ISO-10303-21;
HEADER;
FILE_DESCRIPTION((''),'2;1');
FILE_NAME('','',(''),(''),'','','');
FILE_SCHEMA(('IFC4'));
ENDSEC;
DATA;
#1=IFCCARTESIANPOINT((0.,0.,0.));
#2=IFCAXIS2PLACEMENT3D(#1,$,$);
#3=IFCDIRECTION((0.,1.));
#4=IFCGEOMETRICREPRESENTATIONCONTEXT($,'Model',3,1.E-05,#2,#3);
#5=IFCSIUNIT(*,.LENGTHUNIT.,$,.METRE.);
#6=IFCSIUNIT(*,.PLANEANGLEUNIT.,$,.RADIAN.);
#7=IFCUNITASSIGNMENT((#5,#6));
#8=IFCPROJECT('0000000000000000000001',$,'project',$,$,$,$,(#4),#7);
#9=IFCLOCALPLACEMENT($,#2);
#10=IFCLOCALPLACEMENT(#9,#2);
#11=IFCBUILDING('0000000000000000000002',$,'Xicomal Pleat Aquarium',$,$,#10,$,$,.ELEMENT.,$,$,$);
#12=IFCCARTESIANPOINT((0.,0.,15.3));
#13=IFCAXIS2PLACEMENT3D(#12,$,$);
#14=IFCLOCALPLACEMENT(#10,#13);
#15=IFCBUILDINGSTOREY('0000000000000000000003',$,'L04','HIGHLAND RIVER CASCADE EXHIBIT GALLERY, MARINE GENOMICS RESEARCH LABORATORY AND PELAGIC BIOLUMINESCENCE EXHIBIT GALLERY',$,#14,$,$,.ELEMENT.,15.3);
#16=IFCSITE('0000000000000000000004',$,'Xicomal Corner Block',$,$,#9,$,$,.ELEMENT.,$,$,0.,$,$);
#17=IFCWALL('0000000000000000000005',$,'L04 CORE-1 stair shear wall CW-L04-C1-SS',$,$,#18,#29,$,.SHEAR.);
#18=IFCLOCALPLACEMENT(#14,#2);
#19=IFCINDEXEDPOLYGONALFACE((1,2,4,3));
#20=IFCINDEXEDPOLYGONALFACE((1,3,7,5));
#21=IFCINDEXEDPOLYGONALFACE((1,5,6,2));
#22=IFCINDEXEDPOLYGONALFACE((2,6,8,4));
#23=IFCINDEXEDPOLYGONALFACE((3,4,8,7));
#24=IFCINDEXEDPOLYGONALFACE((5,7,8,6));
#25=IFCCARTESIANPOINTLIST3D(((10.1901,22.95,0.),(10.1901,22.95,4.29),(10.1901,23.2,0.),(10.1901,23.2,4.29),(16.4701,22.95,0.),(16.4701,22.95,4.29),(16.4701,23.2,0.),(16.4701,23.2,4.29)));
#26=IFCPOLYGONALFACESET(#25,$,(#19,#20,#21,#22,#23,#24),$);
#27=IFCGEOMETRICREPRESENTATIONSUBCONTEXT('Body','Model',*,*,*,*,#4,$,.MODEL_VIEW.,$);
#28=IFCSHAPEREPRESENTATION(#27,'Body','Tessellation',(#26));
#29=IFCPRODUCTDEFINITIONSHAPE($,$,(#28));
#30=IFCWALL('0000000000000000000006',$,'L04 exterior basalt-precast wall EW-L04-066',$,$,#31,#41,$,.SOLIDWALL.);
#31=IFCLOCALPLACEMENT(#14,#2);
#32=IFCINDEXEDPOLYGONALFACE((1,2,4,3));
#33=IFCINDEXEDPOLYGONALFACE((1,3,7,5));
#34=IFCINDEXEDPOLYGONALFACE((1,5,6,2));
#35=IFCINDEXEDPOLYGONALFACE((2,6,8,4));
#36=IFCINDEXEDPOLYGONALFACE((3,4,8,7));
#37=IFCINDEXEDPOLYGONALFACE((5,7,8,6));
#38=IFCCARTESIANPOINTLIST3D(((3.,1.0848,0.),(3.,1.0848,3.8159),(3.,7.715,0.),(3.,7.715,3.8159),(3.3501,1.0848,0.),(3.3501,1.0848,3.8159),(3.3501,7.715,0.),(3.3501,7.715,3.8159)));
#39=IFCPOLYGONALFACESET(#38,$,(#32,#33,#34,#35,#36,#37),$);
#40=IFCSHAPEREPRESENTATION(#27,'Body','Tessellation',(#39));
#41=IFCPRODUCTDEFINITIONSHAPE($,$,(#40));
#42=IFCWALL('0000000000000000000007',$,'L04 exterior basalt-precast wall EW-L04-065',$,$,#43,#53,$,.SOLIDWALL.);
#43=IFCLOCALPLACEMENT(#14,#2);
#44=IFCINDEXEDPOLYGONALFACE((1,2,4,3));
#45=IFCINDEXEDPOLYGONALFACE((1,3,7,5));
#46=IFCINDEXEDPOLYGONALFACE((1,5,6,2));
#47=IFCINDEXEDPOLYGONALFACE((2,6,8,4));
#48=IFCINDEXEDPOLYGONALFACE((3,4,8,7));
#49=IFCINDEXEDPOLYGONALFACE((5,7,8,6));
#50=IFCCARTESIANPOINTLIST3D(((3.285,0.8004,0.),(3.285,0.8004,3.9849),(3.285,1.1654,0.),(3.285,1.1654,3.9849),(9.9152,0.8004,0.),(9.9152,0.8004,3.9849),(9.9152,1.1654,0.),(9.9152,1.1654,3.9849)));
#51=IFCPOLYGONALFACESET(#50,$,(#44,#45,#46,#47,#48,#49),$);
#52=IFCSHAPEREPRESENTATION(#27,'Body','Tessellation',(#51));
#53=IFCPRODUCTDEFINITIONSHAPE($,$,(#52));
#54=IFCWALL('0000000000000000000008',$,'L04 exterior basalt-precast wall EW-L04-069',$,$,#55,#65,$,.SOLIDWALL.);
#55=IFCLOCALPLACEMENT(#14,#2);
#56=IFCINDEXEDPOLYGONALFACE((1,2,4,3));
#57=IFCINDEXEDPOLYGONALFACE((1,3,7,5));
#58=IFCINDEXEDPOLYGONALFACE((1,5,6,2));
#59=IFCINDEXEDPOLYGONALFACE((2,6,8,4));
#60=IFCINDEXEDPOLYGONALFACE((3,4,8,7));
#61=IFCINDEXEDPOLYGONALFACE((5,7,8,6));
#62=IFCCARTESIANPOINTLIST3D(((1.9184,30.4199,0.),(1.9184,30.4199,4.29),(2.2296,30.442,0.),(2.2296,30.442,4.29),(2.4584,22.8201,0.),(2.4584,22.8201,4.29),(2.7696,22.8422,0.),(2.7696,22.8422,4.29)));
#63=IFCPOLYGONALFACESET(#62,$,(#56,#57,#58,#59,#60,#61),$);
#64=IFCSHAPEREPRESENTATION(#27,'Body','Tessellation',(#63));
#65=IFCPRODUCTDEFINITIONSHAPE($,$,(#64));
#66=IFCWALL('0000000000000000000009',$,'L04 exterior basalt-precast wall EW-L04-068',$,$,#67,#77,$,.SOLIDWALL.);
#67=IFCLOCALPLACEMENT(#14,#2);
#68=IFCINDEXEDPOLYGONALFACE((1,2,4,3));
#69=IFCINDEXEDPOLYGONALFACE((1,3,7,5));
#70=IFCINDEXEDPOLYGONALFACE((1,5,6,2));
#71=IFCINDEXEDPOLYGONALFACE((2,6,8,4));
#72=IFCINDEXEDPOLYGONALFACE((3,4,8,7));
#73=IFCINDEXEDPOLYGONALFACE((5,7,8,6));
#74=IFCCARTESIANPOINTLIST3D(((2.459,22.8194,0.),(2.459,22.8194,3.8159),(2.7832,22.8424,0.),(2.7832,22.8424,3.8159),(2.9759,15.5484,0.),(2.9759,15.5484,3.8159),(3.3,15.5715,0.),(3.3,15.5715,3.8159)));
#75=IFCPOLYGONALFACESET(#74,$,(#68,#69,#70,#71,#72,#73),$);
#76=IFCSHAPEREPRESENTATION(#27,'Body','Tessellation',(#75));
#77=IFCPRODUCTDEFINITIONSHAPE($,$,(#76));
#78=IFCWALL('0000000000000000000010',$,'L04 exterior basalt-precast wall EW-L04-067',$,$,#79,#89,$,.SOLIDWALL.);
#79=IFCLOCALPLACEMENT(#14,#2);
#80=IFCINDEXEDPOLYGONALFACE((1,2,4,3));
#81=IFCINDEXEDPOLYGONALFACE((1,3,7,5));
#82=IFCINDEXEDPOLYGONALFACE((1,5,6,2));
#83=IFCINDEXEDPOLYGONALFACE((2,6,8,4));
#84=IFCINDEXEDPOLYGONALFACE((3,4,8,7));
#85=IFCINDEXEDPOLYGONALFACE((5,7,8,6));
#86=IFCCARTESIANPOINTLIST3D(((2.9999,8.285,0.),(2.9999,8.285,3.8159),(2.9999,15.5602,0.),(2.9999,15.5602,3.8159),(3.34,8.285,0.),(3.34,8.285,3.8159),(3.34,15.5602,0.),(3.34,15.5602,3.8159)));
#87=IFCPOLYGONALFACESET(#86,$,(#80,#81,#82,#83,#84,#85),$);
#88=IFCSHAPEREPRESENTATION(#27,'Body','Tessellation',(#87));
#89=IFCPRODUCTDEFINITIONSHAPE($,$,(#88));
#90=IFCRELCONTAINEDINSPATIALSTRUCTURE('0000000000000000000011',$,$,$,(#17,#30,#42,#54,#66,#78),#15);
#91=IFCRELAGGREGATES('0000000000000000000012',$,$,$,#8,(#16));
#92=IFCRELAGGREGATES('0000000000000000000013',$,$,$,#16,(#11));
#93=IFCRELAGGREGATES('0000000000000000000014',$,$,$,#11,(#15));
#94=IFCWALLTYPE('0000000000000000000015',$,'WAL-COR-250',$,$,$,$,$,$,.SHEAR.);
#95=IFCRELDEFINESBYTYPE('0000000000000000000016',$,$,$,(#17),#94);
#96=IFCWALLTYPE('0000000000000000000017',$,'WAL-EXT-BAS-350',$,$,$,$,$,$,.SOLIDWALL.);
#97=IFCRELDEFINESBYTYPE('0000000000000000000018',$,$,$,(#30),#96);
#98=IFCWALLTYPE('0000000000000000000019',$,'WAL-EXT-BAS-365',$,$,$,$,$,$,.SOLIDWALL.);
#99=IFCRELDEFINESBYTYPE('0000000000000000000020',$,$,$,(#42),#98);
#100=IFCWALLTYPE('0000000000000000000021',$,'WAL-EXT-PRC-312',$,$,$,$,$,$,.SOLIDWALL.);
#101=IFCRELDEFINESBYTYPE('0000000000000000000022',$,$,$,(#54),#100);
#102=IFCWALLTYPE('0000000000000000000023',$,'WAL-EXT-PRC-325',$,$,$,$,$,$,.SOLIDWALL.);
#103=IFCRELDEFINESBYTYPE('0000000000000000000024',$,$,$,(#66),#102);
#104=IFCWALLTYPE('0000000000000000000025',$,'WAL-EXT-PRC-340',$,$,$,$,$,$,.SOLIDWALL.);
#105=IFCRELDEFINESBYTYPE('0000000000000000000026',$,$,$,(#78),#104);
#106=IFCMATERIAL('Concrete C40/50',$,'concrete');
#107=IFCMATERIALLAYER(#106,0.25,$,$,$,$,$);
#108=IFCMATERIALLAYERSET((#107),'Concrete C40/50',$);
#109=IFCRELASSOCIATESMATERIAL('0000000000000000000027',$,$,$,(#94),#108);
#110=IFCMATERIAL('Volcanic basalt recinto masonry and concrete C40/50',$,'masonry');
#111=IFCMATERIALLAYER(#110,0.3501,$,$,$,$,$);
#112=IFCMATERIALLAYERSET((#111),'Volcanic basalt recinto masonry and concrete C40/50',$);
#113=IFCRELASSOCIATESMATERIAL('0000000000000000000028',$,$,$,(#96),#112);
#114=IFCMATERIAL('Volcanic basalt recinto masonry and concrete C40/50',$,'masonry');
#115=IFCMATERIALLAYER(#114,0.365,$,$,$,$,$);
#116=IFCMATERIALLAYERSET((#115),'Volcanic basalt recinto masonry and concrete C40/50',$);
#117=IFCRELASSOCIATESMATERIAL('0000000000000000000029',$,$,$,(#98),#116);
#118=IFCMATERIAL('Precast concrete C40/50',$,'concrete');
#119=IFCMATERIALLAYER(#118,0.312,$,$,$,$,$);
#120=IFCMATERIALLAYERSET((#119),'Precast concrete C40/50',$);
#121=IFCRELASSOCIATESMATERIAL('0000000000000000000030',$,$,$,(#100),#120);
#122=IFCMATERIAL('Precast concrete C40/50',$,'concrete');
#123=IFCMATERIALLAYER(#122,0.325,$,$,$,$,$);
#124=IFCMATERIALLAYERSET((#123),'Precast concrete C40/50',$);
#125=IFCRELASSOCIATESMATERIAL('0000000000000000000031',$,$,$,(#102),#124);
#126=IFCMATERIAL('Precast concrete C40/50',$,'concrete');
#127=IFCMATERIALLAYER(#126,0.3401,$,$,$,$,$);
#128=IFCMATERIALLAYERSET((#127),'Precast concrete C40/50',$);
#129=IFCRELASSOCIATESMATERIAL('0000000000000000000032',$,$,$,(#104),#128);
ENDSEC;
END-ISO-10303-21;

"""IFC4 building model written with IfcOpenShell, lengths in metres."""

from ifc_helpers import new_model, si_unit, direction, frame, frame_2d, origin, place, context, subcontext, project, spatial, rectangle, extrude, material, layer, layer_set, type_object, element, save


model = new_model("IFC4")

# Units and contexts
model_context = context("Model", 3, precision=1e-05, world=origin(), true_north=direction((0.0, 1.0)))
body_context = subcontext(model_context, "Body", "Model", "MODEL_VIEW")
ifc_project = project(units=[si_unit("LENGTHUNIT", "METRE"), si_unit("PLANEANGLEUNIT", "RADIAN")], contexts=[model_context])

# Site, building, storey
site_placement = place(None, origin())
site = spatial("IfcSite", under=ifc_project, at=site_placement, Name="Xicomal Corner Block", CompositionType="ELEMENT", RefElevation=0.0)
building_placement = place(site_placement, origin())
building = spatial("IfcBuilding", under=site, at=building_placement, Name="Xicomal Pleat Aquarium", CompositionType="ELEMENT")
storey_placement = place(building_placement, frame((0.0, 0.0, 15.3)))
storey = spatial("IfcBuildingStorey", under=building, at=storey_placement, Name="L04", Description="HIGHLAND RIVER CASCADE EXHIBIT GALLERY, MARINE GENOMICS RESEARCH LABORATORY AND PELAGIC BIOLUMINESCENCE EXHIBIT GALLERY", CompositionType="ELEMENT", Elevation=15.3)

# Walls
ifc_material_1 = material(Name="Concrete C40/50", Category="concrete")
ifc_layer_1 = layer(ifc_material_1, 0.25)
ifc_layer_set_1 = layer_set([ifc_layer_1], Name="Concrete C40/50")
wall_type_1 = type_object("IfcWallType", Name="WAL-COR-250", PredefinedType="SHEAR", material=ifc_layer_set_1)
wall_1_placement = place(storey_placement, frame((10.1899, 23.075, 0.0), z_axis=(0.0, 0.0, 1.0), x_axis=(1.0, 0.0, 0.0)))
element("IfcWall", 1, at=wall_1_placement, inside=storey, type_object=wall_type_1, Name="L04 CORE-1 stair shear wall CW-L04-C1-SS", PredefinedType="SHEAR", context=body_context, shape_type="SweptSolid", body=[
    extrude(rectangle(XDim=6.28, YDim=0.25, at=frame_2d((3.1401, 0.0))), origin(), (0.0, 0.0, 1.0), 4.29),
])
ifc_material_2 = material(Name="Volcanic basalt recinto masonry and concrete C40/50", Category="masonry")
ifc_layer_2 = layer(ifc_material_2, 0.3501)
ifc_layer_set_2 = layer_set([ifc_layer_2], Name="Volcanic basalt recinto masonry and concrete C40/50")
wall_type_2 = type_object("IfcWallType", Name="WAL-EXT-BAS-350", PredefinedType="SOLIDWALL", material=ifc_layer_set_2)
wall_2_placement = place(storey_placement, frame((3.175, 1.085, 0.0), z_axis=(0.0, 0.0, 1.0), x_axis=(0.0, 1.0, 0.0)))
element("IfcWall", 2, at=wall_2_placement, inside=storey, type_object=wall_type_2, Name="L04 exterior basalt-precast wall EW-L04-066", PredefinedType="SOLIDWALL", context=body_context, shape_type="SweptSolid", body=[
    extrude(rectangle(XDim=6.6301, YDim=0.3501, at=frame_2d((3.3149, 0.0))), origin(), (0.0, 0.0, 1.0), 3.8159),
])
ifc_material_3 = material(Name="Volcanic basalt recinto masonry and concrete C40/50", Category="masonry")
ifc_layer_3 = layer(ifc_material_3, 0.365)
ifc_layer_set_3 = layer_set([ifc_layer_3], Name="Volcanic basalt recinto masonry and concrete C40/50")
wall_type_3 = type_object("IfcWallType", Name="WAL-EXT-BAS-365", PredefinedType="SOLIDWALL", material=ifc_layer_set_3)
wall_3_placement = place(storey_placement, frame((9.915, 0.9829, 0.0), z_axis=(0.0, 0.0, 1.0), x_axis=(-1.0, 0.0, 0.0)))
element("IfcWall", 3, at=wall_3_placement, inside=storey, type_object=wall_type_3, Name="L04 exterior basalt-precast wall EW-L04-065", PredefinedType="SOLIDWALL", context=body_context, shape_type="SweptSolid", body=[
    extrude(rectangle(XDim=6.6301, YDim=0.365, at=frame_2d((3.3149, 0.0))), origin(), (0.0, 0.0, 1.0), 3.9849),
])
ifc_material_4 = material(Name="Precast concrete C40/50", Category="concrete")
ifc_layer_4 = layer(ifc_material_4, 0.312)
ifc_layer_set_4 = layer_set([ifc_layer_4], Name="Precast concrete C40/50")
wall_type_4 = type_object("IfcWallType", Name="WAL-EXT-PRC-312", PredefinedType="SOLIDWALL", material=ifc_layer_set_4)
wall_4_placement = place(storey_placement, frame((2.614, 22.8311, 0.0), z_axis=(0.0, 0.0, 1.0), x_axis=(-0.07088, 0.997485, 0.0)))
element("IfcWall", 4, at=wall_4_placement, inside=storey, type_object=wall_type_4, Name="L04 exterior basalt-precast wall EW-L04-069", PredefinedType="SOLIDWALL", context=body_context, shape_type="SweptSolid", body=[
    extrude(rectangle(XDim=7.6189, YDim=0.312, at=frame_2d((3.8096, 0.0))), origin(), (0.0, 0.0, 1.0), 4.29),
])
ifc_material_5 = material(Name="Precast concrete C40/50", Category="concrete")
ifc_layer_5 = layer(ifc_material_5, 0.325)
ifc_layer_set_5 = layer_set([ifc_layer_5], Name="Precast concrete C40/50")
wall_type_5 = type_object("IfcWallType", Name="WAL-EXT-PRC-325", PredefinedType="SOLIDWALL", material=ifc_layer_set_5)
wall_5_placement = place(storey_placement, frame((3.1379, 15.5601, 0.0), z_axis=(0.0, 0.0, 1.0), x_axis=(-0.070904, 0.997483, 0.0)))
element("IfcWall", 5, at=wall_5_placement, inside=storey, type_object=wall_type_5, Name="L04 exterior basalt-precast wall EW-L04-068", PredefinedType="SOLIDWALL", context=body_context, shape_type="SweptSolid", body=[
    extrude(rectangle(XDim=7.2893, YDim=0.325, at=frame_2d((3.6445, 0.0))), origin(), (0.0, 0.0, 1.0), 3.8159),
])
ifc_material_6 = material(Name="Precast concrete C40/50", Category="concrete")
ifc_layer_6 = layer(ifc_material_6, 0.3401)
ifc_layer_set_6 = layer_set([ifc_layer_6], Name="Precast concrete C40/50")
wall_type_6 = type_object("IfcWallType", Name="WAL-EXT-PRC-340", PredefinedType="SOLIDWALL", material=ifc_layer_set_6)
wall_6_placement = place(storey_placement, frame((3.1699, 8.2849, 0.0), z_axis=(0.0, 0.0, 1.0), x_axis=(0.0, 1.0, 0.0)))
element("IfcWall", 6, at=wall_6_placement, inside=storey, type_object=wall_type_6, Name="L04 exterior basalt-precast wall EW-L04-067", PredefinedType="SOLIDWALL", context=body_context, shape_type="SweptSolid", body=[
    extrude(rectangle(XDim=7.2751, YDim=0.3401, at=frame_2d((3.6377, 0.0))), origin(), (0.0, 0.0, 1.0), 3.8159),
])

save(model, "model.ifc")
